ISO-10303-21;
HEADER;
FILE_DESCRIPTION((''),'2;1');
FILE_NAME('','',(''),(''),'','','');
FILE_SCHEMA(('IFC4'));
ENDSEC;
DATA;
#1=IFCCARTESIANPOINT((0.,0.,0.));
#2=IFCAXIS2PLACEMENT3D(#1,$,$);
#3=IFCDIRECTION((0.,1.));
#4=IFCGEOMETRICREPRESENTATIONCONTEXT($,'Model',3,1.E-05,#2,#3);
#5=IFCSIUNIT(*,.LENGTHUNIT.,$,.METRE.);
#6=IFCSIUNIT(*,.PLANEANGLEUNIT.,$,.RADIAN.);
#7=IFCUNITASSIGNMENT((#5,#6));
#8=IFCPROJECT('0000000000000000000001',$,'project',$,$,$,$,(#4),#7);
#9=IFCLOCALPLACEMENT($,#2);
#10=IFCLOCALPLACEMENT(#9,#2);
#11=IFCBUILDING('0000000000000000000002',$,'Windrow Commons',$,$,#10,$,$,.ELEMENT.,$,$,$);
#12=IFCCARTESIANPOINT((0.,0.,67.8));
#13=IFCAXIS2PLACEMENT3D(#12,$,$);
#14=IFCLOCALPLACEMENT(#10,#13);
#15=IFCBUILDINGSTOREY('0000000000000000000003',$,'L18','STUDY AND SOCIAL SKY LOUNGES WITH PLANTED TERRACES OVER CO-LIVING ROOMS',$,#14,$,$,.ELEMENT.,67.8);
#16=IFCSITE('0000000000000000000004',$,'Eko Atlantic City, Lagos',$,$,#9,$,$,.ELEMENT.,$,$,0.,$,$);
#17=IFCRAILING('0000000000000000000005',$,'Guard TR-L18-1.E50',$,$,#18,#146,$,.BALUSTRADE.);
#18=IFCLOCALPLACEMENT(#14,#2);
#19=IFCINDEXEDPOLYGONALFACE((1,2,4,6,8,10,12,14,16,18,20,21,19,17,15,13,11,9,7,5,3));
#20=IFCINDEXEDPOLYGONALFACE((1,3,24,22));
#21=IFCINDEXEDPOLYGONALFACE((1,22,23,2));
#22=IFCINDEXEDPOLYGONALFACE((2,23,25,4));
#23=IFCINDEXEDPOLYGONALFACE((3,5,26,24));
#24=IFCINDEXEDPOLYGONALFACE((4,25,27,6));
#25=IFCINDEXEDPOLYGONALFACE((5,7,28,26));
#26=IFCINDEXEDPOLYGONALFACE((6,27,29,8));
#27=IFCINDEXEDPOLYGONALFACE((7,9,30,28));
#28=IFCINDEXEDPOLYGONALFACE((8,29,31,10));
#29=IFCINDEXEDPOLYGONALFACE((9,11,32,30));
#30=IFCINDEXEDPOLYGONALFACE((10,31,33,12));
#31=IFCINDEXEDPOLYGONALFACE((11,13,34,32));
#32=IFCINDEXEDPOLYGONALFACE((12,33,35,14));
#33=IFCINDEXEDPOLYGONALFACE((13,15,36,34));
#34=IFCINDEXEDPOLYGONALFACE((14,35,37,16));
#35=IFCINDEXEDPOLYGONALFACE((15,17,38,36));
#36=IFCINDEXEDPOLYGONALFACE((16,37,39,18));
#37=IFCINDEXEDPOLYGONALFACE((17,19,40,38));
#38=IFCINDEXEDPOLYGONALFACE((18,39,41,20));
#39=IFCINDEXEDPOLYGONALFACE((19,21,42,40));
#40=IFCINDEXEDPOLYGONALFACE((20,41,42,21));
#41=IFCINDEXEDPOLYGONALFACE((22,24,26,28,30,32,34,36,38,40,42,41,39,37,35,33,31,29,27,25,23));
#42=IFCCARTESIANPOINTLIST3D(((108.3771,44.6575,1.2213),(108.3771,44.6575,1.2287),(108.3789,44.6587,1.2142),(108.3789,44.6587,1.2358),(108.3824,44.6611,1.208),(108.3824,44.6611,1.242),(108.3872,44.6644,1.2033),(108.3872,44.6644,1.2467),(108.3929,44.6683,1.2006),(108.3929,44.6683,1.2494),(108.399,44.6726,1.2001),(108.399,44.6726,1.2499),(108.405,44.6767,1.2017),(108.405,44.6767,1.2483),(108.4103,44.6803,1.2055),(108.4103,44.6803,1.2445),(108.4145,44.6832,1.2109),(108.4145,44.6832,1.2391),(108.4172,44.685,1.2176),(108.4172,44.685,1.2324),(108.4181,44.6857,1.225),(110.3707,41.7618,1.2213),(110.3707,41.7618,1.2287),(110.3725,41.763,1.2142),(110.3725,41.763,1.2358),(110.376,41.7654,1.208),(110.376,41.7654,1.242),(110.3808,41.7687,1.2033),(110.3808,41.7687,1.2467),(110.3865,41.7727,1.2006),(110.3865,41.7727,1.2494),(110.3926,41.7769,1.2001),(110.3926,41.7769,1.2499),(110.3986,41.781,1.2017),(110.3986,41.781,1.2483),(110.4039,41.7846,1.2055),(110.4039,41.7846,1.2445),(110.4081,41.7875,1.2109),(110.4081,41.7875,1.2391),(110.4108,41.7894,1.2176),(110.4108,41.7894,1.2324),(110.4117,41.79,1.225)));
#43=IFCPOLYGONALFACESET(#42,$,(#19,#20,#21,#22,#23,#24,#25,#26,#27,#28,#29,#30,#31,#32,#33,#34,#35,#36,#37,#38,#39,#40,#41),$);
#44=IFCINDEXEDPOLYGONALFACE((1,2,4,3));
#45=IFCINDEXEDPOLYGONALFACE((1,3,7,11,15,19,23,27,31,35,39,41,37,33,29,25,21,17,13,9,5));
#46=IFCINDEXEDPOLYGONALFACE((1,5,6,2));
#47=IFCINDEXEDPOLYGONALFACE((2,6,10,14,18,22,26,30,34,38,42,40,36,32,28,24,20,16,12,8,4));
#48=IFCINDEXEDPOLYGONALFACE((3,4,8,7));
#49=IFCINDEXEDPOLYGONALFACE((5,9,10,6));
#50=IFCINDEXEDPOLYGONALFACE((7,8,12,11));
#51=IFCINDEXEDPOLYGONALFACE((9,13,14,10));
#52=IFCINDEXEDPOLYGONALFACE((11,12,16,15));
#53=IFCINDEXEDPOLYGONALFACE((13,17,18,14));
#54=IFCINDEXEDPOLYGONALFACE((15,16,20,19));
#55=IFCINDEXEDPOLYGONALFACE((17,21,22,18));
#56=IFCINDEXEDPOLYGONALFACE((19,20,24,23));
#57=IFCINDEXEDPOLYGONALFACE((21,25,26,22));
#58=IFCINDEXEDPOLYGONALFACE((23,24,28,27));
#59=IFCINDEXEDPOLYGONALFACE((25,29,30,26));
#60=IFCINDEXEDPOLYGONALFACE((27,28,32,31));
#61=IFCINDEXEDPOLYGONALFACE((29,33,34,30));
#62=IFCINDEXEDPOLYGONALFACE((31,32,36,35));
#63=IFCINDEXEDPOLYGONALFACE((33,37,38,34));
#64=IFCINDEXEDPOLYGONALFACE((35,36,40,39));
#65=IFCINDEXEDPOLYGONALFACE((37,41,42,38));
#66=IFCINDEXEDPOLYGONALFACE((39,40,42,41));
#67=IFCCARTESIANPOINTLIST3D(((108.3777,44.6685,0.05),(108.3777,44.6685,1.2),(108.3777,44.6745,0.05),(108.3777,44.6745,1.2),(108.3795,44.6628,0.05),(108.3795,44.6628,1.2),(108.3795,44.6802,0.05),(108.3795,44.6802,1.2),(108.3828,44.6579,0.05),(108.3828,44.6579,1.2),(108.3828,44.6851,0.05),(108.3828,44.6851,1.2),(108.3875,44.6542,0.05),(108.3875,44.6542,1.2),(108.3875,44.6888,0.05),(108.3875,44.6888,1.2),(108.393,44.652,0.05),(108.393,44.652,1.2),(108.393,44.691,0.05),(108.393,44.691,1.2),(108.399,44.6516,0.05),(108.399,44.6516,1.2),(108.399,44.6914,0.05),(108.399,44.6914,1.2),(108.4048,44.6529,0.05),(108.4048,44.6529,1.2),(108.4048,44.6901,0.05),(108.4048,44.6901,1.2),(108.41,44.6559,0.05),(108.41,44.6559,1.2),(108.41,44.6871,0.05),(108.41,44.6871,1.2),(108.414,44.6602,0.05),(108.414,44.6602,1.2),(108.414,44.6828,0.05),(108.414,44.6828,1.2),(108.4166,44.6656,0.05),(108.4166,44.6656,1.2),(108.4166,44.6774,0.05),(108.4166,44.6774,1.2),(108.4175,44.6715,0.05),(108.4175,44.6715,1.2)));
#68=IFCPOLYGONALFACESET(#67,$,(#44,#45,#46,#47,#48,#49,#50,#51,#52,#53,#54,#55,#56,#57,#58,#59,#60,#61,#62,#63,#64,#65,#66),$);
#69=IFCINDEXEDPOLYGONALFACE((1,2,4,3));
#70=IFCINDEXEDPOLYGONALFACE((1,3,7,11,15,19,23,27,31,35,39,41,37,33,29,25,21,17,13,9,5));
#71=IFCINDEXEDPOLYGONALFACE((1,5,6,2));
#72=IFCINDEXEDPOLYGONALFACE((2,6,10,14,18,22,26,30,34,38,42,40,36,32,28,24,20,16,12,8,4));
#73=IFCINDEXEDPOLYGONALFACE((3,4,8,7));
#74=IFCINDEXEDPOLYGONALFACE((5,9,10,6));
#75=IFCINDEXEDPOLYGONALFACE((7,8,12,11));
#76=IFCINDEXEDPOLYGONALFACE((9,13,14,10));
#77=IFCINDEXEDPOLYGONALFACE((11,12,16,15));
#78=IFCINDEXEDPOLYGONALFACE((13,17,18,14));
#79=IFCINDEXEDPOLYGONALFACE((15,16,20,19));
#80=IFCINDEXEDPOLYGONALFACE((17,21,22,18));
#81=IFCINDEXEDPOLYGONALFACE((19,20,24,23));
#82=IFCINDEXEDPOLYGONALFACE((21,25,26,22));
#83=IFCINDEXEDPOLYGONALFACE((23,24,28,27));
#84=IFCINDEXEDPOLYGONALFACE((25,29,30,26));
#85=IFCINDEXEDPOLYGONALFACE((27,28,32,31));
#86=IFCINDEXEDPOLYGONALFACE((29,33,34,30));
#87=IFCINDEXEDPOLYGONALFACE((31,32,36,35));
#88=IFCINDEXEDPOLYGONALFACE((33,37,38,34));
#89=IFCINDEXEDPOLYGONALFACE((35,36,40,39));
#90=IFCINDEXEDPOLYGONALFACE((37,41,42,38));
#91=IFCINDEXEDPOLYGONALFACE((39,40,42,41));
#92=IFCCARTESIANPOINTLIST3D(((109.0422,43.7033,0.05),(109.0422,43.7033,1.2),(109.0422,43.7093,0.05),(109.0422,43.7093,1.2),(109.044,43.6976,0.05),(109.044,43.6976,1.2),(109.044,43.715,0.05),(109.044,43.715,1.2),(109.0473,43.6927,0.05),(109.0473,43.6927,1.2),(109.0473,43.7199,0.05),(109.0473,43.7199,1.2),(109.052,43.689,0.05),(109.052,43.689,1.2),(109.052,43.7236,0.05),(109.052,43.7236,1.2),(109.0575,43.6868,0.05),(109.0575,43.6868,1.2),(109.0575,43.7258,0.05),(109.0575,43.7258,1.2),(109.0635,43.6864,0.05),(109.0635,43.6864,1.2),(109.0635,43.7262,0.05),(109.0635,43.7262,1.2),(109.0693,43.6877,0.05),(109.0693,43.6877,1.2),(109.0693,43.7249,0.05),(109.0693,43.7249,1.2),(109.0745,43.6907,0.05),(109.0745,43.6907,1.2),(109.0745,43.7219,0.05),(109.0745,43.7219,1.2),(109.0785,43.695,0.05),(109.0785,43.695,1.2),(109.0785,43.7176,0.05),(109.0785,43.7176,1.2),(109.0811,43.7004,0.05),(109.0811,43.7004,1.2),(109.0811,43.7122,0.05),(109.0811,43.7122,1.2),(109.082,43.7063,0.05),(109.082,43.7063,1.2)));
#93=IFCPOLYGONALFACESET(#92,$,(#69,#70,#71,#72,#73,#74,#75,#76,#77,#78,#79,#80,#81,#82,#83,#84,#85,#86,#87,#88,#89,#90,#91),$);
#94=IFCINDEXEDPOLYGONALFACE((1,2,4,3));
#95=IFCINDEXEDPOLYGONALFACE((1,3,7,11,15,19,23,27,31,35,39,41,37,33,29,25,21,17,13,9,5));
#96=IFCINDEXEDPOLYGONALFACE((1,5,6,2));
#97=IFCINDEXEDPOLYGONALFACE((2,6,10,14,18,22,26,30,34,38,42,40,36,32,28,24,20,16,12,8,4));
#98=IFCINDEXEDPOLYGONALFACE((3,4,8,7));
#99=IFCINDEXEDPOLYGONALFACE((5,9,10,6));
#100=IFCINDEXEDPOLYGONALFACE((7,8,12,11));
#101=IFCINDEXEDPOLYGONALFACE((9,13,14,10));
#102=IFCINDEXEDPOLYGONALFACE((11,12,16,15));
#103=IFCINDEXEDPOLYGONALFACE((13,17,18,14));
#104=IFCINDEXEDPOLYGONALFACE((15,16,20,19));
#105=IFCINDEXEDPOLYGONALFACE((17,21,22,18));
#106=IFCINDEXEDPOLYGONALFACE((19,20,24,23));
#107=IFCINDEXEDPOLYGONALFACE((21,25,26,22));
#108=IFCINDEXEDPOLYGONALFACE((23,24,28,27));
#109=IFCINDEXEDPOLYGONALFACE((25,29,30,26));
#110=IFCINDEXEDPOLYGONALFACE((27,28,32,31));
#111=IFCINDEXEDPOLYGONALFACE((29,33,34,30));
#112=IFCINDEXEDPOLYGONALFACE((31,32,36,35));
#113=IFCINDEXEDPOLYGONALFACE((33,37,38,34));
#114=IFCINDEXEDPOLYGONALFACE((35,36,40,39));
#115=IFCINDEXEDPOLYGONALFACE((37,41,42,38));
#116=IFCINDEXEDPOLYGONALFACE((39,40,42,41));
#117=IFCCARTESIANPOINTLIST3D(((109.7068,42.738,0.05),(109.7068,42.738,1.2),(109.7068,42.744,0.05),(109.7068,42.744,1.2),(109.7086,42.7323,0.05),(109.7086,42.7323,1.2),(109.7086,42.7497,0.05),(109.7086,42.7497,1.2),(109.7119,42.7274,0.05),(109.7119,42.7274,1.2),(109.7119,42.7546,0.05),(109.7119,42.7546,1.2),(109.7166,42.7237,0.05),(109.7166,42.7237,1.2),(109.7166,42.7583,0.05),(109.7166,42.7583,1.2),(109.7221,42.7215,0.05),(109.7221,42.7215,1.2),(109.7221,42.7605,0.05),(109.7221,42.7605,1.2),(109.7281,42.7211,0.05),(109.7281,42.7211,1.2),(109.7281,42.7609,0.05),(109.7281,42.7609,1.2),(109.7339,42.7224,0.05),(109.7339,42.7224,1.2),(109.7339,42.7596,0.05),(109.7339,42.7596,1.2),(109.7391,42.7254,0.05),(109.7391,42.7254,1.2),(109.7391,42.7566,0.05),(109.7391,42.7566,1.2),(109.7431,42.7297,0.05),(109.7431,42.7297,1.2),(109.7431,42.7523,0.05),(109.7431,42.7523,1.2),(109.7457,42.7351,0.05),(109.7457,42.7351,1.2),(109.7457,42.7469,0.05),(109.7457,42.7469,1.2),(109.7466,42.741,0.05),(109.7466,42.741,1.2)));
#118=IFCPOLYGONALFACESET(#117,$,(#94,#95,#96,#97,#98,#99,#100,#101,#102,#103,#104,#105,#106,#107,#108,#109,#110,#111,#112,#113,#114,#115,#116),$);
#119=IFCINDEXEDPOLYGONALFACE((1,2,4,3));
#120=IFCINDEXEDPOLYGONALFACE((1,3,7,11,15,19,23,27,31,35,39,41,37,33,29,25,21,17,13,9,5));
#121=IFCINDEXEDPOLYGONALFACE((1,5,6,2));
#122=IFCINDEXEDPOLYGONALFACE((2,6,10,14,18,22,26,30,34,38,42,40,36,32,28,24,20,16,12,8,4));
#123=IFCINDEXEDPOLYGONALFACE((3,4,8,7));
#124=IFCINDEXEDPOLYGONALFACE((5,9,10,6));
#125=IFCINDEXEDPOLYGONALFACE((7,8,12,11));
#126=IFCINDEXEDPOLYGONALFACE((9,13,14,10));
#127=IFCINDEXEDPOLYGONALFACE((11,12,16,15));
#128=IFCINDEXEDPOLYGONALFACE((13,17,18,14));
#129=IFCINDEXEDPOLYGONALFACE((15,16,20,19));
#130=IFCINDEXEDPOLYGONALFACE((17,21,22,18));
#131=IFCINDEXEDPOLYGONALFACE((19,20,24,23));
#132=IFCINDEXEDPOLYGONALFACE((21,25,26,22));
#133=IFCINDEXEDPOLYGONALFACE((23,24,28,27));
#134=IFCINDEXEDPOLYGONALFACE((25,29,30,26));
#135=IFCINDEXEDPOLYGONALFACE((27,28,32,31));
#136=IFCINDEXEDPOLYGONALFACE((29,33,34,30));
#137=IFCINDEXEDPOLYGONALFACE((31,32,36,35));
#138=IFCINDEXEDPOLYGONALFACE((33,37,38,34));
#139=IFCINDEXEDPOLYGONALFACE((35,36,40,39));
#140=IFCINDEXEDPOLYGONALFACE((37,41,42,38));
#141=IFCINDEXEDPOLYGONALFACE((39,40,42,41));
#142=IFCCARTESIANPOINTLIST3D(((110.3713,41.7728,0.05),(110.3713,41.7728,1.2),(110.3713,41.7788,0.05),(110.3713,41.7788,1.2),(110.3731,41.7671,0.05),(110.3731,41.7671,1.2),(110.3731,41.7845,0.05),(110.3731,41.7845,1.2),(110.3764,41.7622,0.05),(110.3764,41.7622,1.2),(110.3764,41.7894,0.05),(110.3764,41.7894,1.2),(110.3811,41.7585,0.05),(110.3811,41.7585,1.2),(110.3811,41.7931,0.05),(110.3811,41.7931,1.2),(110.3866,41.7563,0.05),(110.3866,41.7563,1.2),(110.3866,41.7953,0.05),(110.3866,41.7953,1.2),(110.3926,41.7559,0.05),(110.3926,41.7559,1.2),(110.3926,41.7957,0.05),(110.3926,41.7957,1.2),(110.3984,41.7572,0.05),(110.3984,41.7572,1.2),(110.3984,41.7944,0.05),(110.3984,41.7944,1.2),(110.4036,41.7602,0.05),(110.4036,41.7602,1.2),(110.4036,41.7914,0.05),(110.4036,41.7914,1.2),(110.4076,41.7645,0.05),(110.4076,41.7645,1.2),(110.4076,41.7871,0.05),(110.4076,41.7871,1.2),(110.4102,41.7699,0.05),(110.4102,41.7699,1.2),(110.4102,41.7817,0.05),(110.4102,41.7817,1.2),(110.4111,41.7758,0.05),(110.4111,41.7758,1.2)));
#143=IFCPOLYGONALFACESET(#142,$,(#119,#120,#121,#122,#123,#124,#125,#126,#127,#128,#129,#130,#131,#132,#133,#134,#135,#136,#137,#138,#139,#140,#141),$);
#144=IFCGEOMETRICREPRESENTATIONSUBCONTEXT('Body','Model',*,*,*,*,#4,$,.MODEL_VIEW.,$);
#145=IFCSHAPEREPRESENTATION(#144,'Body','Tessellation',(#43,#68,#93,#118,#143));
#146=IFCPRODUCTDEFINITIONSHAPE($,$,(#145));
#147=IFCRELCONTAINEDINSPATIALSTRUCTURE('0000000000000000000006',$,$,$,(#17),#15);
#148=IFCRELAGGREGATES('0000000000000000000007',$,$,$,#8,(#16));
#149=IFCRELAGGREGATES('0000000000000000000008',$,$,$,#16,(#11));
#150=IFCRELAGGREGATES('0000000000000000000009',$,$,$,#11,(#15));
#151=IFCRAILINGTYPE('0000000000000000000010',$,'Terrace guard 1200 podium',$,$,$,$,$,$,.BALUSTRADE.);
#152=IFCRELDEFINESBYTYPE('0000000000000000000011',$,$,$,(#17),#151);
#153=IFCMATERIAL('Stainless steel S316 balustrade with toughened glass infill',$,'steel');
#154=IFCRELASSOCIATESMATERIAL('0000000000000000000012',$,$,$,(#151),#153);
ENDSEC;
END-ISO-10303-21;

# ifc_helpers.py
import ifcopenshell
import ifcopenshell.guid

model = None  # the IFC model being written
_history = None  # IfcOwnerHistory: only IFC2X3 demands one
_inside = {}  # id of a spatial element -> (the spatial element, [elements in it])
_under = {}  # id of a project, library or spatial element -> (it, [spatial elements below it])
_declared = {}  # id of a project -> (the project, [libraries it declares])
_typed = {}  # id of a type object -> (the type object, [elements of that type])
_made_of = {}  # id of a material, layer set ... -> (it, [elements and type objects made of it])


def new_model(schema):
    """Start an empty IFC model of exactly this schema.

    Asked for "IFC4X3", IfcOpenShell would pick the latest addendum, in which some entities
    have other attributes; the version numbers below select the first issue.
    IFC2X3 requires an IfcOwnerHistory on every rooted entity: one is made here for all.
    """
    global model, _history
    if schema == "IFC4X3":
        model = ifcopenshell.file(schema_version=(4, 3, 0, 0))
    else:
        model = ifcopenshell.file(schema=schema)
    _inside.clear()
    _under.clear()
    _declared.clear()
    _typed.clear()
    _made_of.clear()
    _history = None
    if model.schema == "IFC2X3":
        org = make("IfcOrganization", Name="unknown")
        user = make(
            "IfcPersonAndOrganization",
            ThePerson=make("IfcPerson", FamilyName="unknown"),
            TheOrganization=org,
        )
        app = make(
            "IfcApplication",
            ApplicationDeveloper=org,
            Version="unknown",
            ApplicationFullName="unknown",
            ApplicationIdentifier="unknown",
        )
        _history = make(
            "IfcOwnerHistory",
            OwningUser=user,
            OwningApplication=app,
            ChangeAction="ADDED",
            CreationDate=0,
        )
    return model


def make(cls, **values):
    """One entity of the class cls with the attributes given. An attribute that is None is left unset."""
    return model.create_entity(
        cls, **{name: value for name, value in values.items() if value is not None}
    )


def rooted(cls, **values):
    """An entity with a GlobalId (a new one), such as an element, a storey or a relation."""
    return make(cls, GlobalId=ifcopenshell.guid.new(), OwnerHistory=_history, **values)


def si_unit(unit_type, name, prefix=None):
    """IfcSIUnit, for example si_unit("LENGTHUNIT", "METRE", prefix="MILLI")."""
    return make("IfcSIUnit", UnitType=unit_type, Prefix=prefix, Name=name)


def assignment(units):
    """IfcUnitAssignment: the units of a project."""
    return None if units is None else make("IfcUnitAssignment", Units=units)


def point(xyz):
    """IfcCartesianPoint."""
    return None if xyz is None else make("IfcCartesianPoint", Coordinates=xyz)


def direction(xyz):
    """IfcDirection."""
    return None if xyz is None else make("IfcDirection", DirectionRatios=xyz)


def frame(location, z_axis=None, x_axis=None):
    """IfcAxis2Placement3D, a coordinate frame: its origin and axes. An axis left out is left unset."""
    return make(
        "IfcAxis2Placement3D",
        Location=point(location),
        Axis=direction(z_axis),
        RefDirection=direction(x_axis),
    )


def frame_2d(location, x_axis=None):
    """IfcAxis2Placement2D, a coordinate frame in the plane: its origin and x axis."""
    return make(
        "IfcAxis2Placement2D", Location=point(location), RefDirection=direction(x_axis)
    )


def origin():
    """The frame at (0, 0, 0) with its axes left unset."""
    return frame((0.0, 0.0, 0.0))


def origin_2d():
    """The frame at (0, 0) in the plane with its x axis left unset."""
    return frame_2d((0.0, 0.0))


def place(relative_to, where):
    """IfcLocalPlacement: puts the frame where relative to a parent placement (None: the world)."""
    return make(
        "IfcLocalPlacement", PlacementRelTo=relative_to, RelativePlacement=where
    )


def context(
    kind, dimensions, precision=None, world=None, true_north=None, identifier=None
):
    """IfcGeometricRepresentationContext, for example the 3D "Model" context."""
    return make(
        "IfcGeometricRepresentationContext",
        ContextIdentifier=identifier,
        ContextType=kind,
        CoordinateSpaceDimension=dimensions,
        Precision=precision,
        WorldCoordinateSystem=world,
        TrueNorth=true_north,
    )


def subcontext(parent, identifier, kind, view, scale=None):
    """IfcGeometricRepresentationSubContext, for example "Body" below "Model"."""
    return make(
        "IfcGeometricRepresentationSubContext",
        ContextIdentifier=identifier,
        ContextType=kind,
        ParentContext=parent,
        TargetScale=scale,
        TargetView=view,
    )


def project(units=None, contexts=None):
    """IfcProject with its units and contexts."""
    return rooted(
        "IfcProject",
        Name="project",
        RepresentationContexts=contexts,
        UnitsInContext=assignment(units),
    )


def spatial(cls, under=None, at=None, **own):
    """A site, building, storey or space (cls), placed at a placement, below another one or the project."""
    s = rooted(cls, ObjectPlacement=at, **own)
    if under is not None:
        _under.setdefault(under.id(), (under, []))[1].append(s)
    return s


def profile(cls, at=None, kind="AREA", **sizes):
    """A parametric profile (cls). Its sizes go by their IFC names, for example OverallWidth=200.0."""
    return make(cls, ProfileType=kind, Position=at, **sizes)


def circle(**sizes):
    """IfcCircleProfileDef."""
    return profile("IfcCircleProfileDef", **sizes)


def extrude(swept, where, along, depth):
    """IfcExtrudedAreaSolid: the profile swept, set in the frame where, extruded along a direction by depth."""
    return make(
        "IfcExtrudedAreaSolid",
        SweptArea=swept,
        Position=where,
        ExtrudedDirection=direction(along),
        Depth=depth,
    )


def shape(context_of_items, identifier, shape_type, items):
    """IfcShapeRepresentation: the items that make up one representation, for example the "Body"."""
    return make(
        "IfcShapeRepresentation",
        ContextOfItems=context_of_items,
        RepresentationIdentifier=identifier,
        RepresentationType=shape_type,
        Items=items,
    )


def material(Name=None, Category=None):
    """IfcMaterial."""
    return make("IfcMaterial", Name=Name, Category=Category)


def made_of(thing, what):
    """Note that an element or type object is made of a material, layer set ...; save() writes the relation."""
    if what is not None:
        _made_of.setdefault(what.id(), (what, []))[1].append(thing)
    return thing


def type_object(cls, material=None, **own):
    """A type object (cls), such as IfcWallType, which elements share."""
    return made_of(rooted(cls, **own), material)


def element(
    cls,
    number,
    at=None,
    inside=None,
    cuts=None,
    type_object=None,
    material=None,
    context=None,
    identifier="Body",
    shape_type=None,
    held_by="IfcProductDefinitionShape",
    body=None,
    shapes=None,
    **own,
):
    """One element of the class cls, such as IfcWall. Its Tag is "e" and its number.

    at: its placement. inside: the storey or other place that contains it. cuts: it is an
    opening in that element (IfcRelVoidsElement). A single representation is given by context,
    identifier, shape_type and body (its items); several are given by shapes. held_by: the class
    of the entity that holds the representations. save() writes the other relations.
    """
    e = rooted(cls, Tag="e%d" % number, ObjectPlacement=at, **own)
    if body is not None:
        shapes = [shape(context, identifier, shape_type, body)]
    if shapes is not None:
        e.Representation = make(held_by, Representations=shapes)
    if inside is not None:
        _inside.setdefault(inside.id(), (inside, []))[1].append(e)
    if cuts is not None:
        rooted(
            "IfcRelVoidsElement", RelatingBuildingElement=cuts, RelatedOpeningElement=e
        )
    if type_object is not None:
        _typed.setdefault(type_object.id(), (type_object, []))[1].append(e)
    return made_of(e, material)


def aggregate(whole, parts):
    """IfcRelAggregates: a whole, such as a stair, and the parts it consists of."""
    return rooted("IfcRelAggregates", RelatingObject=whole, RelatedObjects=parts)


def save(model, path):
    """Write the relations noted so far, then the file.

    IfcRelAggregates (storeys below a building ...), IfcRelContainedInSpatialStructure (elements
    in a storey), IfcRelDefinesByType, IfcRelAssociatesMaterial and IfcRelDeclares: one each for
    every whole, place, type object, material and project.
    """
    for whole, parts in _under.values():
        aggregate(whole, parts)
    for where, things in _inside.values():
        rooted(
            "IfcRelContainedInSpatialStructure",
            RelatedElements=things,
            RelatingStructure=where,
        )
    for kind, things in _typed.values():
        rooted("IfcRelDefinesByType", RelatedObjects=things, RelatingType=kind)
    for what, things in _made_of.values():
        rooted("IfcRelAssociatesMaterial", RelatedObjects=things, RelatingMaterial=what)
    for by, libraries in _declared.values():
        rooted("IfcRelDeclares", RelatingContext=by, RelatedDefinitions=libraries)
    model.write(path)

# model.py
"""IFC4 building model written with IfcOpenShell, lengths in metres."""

from ifc_helpers import new_model, si_unit, direction, frame, origin, origin_2d, place, context, subcontext, project, spatial, circle, extrude, material, type_object, element, save


model = new_model("IFC4")

# Units and contexts
model_context = context("Model", 3, precision=1e-05, world=origin(), true_north=direction((0.0, 1.0)))
body_context = subcontext(model_context, "Body", "Model", "MODEL_VIEW")
ifc_project = project(units=[si_unit("LENGTHUNIT", "METRE"), si_unit("PLANEANGLEUNIT", "RADIAN")], contexts=[model_context])

# Site, building, storey
site_placement = place(None, origin())
site = spatial("IfcSite", under=ifc_project, at=site_placement, Name="Eko Atlantic City, Lagos", CompositionType="ELEMENT", RefElevation=0.0)
building_placement = place(site_placement, origin())
building = spatial("IfcBuilding", under=site, at=building_placement, Name="Windrow Commons", CompositionType="ELEMENT")
storey_placement = place(building_placement, frame((0.0, 0.0, 67.8)))
storey = spatial("IfcBuildingStorey", under=building, at=storey_placement, Name="L18", Description="STUDY AND SOCIAL SKY LOUNGES WITH PLANTED TERRACES OVER CO-LIVING ROOMS", CompositionType="ELEMENT", Elevation=67.8)

# Railing
ifc_material_1 = material(Name="Stainless steel S316 balustrade with toughened glass infill", Category="steel")
railing_type = type_object("IfcRailingType", Name="Terrace guard 1200 podium", PredefinedType="BALUSTRADE", material=ifc_material_1)
railing_1_placement = place(storey_placement, frame((108.3975, 44.6715, 0.05)))
element("IfcRailing", 1, at=railing_1_placement, inside=storey, type_object=railing_type, Name="Guard TR-L18-1.E50", PredefinedType="BALUSTRADE", context=body_context, shape_type="SweptSolid", body=[
    extrude(circle(Radius=0.025, at=origin_2d()), frame((0.0, 0.0, 1.175), z_axis=(0.567071, -0.823669, 0.0), x_axis=(0.823669, 0.567071, 0.0)), (0.0, 0.0, 1.0), 3.5156),
    extrude(circle(Radius=0.02, at=origin_2d()), origin(), (0.0, 0.0, 1.0), 1.15),
    extrude(circle(Radius=0.02, at=origin_2d()), frame((0.6645, -0.9652, 0.0)), (0.0, 0.0, 1.0), 1.15),
    extrude(circle(Radius=0.02, at=origin_2d()), frame((1.3291, -1.9305, 0.0)), (0.0, 0.0, 1.0), 1.15),
    extrude(circle(Radius=0.02, at=origin_2d()), frame((1.9936, -2.8957, 0.0)), (0.0, 0.0, 1.0), 1.15),
])

save(model, "model.ifc")
